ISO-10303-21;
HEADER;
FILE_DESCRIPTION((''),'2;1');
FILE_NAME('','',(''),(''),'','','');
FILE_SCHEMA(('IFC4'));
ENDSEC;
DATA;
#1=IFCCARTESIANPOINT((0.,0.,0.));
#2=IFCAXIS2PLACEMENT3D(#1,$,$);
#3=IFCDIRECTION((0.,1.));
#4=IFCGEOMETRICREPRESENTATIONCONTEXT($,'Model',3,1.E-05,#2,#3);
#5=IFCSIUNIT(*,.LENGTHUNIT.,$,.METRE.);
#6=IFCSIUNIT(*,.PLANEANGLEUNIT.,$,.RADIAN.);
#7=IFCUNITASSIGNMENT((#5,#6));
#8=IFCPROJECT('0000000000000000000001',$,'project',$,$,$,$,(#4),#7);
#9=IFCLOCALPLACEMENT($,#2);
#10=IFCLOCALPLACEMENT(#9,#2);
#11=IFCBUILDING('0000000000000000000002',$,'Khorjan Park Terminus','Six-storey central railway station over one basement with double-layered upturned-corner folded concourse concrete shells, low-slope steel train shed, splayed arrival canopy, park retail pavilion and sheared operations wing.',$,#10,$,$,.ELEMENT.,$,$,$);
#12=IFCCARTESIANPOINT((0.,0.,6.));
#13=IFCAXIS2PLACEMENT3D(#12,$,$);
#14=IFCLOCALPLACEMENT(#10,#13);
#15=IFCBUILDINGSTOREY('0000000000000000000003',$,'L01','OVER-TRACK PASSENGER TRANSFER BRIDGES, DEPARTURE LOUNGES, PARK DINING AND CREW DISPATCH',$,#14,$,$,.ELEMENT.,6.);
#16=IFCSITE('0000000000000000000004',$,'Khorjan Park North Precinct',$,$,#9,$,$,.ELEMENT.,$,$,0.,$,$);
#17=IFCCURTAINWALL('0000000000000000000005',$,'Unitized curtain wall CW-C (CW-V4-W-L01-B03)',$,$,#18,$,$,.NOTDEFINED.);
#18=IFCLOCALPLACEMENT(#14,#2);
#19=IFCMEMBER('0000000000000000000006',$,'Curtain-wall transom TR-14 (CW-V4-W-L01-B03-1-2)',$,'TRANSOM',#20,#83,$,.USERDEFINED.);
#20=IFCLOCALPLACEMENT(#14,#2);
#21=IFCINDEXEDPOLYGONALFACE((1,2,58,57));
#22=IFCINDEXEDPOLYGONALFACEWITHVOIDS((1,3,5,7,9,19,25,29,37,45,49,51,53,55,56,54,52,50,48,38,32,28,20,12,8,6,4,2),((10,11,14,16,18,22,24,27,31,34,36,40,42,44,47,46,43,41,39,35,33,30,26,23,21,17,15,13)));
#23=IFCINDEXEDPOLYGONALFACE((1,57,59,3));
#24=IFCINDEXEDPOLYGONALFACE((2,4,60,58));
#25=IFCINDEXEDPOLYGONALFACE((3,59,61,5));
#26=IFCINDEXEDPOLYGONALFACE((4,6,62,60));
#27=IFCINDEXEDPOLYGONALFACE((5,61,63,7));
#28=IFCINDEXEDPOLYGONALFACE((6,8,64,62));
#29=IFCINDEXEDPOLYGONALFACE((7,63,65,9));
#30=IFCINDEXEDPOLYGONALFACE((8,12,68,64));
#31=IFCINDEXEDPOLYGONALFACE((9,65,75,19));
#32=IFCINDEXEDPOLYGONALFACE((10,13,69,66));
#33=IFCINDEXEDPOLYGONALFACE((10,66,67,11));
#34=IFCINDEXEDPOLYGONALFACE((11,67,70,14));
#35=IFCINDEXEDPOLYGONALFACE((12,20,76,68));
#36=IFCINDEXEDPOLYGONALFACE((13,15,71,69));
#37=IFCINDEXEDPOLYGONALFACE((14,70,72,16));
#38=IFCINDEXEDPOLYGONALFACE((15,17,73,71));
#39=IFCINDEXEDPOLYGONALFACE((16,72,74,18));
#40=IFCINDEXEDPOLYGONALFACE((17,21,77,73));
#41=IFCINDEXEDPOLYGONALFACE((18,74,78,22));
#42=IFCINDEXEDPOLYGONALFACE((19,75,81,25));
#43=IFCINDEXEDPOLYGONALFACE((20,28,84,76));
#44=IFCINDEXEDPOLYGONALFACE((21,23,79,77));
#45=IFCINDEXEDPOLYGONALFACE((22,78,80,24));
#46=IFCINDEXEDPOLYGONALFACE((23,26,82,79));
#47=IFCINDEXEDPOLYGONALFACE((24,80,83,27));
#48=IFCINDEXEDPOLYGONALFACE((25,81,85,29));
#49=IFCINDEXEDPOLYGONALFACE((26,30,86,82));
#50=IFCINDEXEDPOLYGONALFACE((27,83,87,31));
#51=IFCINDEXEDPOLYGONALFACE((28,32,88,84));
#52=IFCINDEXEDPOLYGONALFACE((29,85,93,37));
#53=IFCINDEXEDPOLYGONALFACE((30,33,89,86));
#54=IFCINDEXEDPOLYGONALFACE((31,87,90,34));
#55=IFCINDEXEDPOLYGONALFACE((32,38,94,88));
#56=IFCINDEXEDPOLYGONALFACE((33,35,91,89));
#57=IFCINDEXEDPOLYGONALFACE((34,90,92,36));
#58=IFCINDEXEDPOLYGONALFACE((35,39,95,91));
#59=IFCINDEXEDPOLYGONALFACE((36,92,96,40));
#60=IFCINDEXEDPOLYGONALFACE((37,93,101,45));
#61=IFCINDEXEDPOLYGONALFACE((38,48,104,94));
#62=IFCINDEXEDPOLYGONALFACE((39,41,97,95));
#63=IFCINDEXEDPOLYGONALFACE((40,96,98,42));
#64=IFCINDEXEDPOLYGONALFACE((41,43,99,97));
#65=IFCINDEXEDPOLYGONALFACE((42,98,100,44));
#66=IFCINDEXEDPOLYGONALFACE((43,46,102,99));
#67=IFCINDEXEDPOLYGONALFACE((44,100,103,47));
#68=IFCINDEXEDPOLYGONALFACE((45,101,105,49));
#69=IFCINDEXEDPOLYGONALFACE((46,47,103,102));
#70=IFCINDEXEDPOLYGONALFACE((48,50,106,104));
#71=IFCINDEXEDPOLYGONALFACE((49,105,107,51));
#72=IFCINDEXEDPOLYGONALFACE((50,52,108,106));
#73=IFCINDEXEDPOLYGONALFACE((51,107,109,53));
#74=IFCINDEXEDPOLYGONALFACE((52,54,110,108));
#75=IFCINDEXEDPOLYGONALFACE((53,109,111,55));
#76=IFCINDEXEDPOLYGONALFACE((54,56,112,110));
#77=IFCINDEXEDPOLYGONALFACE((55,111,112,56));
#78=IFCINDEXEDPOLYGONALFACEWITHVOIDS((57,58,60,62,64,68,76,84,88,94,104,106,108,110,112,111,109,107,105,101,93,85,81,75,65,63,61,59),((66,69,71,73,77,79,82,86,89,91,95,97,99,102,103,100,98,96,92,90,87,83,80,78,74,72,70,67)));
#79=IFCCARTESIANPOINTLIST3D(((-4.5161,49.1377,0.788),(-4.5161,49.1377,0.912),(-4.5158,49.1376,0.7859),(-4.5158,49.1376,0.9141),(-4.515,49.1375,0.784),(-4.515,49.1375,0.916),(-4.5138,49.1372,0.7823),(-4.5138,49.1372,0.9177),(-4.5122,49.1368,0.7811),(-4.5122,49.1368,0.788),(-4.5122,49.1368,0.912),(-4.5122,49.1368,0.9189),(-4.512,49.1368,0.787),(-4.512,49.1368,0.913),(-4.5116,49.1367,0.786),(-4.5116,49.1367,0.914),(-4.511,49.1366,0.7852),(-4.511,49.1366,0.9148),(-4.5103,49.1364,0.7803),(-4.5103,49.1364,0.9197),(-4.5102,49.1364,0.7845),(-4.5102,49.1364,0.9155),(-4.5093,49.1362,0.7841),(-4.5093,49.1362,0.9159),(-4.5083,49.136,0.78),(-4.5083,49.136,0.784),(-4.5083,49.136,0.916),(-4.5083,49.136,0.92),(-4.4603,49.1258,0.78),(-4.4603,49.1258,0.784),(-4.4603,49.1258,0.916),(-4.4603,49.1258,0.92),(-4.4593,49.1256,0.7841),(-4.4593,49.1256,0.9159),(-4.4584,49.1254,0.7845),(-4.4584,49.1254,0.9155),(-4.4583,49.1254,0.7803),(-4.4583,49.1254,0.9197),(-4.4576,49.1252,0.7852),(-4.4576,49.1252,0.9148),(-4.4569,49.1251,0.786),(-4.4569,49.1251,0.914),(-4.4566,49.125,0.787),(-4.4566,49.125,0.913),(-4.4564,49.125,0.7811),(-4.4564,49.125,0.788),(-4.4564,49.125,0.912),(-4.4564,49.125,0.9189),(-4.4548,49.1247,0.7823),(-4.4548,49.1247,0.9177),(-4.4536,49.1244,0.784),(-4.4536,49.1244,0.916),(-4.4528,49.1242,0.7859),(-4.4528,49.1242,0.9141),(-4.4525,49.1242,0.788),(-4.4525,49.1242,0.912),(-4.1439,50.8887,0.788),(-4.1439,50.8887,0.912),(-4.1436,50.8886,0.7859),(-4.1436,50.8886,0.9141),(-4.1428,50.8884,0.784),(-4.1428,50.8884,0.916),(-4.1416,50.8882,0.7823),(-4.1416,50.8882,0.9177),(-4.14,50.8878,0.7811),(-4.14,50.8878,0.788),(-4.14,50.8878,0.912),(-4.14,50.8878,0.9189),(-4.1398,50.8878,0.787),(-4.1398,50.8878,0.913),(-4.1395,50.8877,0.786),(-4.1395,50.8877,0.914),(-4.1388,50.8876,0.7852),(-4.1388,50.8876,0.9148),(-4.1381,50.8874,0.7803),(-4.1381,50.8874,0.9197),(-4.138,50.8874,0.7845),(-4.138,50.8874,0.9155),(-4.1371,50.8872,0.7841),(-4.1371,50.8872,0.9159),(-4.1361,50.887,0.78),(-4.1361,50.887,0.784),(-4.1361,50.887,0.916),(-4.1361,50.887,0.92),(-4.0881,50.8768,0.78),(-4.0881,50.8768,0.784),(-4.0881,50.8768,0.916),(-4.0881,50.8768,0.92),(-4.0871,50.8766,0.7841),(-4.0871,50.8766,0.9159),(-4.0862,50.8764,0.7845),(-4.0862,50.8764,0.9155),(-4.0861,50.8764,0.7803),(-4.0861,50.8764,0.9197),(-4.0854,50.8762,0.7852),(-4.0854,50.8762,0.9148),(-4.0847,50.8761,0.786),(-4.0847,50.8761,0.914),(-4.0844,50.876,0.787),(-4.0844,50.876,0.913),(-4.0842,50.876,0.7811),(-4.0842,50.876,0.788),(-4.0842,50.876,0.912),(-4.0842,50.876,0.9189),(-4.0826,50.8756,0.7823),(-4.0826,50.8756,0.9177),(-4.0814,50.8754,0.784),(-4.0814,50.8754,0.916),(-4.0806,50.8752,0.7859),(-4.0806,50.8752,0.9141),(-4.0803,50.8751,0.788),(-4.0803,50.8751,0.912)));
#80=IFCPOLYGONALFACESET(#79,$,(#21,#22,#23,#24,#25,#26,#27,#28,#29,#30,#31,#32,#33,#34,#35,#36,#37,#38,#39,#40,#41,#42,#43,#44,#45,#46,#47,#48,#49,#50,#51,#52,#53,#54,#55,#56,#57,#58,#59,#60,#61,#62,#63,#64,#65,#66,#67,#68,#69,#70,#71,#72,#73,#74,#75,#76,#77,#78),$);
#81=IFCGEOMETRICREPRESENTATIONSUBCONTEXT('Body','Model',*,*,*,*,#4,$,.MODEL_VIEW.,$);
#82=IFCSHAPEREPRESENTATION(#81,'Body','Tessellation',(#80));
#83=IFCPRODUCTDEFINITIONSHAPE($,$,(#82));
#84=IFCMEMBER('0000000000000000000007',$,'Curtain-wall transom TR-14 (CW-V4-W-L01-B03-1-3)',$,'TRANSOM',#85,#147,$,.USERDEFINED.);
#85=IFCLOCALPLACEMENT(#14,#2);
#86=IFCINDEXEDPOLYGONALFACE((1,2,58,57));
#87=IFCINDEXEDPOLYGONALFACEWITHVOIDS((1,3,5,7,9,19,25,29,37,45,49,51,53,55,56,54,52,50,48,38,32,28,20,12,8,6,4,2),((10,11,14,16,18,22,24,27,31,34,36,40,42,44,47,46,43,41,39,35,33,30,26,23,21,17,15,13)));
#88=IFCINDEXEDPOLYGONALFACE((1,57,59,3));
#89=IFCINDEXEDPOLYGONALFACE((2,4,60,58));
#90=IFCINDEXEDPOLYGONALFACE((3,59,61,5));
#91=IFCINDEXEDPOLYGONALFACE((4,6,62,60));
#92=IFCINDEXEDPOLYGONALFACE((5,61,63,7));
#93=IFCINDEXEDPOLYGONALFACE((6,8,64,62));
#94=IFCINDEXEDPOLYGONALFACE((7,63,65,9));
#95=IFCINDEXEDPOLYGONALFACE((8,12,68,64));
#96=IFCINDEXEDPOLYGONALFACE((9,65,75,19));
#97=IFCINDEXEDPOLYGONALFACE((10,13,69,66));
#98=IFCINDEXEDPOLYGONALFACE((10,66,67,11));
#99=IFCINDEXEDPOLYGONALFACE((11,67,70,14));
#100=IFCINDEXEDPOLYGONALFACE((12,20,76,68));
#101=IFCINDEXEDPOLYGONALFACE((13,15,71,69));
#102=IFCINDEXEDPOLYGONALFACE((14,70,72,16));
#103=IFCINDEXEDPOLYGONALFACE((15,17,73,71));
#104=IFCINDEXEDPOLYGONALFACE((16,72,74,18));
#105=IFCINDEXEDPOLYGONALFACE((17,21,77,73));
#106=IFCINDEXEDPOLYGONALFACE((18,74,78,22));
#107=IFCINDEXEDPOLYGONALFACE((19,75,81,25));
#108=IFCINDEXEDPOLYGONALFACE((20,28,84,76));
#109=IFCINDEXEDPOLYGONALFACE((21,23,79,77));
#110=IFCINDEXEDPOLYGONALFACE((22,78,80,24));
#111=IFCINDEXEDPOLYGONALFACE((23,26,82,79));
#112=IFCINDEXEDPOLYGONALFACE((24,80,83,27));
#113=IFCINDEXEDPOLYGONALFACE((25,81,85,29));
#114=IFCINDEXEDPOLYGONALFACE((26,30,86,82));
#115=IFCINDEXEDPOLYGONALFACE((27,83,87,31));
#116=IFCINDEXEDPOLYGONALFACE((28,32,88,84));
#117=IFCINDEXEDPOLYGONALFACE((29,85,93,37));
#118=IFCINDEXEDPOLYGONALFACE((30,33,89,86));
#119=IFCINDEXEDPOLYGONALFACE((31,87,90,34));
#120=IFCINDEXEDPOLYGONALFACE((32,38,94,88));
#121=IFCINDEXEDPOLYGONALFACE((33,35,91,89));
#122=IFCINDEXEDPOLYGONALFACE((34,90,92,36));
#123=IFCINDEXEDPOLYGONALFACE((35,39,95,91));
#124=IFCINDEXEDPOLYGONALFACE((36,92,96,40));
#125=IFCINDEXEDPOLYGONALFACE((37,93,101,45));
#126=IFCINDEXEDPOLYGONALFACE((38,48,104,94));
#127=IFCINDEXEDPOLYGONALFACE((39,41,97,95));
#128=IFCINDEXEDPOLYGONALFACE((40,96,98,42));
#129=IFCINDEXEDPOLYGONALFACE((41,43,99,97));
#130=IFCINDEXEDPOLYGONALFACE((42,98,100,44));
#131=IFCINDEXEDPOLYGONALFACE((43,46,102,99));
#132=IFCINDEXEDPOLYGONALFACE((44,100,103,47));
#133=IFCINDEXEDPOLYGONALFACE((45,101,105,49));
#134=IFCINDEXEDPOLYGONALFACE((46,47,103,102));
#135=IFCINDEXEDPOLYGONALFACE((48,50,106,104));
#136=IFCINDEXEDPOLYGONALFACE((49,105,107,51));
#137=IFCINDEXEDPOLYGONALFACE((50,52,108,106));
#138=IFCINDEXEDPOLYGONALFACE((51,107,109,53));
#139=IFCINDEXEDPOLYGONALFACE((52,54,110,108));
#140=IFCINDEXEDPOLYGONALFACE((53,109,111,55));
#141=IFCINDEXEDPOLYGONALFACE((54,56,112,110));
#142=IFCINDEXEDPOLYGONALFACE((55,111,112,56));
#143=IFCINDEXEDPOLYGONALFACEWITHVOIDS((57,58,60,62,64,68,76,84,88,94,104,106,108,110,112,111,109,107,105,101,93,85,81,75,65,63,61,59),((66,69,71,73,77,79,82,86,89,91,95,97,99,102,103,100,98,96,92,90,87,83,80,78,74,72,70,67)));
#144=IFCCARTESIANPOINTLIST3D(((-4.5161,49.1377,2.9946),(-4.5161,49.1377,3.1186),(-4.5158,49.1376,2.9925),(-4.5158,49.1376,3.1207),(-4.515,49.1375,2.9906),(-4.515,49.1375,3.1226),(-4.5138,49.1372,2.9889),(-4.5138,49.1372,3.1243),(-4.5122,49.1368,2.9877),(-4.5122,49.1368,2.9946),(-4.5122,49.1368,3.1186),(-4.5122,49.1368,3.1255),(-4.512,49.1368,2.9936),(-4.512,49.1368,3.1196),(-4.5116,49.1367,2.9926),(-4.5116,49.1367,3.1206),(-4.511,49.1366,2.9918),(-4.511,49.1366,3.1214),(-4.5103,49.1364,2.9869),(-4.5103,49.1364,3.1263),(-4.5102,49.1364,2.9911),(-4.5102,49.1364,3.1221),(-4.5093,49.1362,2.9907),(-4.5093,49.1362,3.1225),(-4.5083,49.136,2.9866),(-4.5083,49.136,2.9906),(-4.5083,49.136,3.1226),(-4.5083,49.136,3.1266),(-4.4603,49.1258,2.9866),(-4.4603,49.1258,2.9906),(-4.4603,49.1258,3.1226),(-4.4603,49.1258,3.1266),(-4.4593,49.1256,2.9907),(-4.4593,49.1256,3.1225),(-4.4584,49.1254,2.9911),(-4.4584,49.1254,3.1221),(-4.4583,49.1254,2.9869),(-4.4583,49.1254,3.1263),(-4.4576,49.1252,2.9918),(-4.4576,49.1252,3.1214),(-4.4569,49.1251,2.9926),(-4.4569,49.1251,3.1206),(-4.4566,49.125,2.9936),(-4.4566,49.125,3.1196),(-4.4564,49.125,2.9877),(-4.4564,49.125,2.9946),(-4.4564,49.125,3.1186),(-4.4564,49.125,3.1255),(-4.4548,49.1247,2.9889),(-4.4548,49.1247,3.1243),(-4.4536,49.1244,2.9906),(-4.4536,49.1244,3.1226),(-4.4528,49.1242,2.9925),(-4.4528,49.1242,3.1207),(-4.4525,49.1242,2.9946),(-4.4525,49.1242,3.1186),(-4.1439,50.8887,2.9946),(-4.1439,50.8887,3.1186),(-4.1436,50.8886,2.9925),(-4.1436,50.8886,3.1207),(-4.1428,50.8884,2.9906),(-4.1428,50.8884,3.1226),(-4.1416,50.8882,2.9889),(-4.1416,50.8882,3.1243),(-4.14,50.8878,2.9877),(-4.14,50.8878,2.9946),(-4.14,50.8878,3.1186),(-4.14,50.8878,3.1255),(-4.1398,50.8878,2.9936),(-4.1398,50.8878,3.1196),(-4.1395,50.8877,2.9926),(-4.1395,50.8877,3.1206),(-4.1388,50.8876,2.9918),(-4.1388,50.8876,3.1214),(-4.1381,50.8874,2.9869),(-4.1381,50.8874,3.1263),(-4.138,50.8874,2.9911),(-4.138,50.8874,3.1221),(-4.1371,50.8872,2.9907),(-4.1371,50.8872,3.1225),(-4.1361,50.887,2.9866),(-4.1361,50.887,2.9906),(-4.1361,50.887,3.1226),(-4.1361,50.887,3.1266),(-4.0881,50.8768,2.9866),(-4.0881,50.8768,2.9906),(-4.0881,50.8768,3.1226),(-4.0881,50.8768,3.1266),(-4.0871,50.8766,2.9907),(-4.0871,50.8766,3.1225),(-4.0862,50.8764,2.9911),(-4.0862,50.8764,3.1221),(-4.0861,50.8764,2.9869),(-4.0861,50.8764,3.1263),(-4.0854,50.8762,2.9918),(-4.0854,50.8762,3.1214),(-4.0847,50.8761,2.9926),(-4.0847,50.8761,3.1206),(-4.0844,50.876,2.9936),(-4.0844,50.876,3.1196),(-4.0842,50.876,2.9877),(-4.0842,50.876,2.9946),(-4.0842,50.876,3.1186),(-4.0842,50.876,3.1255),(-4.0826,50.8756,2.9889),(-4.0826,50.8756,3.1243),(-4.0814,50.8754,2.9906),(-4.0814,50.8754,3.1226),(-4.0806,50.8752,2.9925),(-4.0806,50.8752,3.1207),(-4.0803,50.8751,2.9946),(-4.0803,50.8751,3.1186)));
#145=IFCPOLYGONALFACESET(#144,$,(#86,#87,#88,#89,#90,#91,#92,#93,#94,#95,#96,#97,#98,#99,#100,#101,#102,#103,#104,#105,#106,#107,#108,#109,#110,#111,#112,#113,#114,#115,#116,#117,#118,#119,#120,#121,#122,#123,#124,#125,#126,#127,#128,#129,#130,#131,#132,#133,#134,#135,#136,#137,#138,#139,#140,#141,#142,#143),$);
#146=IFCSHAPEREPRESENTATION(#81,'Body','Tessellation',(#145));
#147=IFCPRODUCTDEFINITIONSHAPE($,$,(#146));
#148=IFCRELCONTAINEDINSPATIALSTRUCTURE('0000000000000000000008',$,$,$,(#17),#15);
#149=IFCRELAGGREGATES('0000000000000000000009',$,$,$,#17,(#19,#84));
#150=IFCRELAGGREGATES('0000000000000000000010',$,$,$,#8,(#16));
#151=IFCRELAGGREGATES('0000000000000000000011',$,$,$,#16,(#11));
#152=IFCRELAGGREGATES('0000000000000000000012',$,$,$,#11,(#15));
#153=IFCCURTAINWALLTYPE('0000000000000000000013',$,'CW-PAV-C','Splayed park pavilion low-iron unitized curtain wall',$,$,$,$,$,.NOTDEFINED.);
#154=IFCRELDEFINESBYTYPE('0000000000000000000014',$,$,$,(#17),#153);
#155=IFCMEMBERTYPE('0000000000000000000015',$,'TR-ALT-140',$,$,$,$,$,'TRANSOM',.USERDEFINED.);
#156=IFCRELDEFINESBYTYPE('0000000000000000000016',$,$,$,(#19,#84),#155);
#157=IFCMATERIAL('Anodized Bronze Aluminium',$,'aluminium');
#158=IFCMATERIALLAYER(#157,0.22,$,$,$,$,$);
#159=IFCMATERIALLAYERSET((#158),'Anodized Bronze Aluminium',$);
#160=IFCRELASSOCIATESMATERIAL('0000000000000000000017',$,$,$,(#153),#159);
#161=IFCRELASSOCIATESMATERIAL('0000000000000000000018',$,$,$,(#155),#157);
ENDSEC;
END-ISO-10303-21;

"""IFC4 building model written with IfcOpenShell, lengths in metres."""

from ifc_helpers import new_model, si_unit, direction, frame, origin, origin_2d, place, context, subcontext, project, spatial, hollow_rectangle, extrude, material, layer, layer_set, material_profile, profile_set, type_object, element, aggregate, save


model = new_model("IFC4")

# Units and contexts
model_context = context("Model", 3, precision=1e-05, world=origin(), true_north=direction((0.0, 1.0)))
body_context = subcontext(model_context, "Body", "Model", "MODEL_VIEW")
ifc_project = project(units=[si_unit("LENGTHUNIT", "METRE"), si_unit("PLANEANGLEUNIT", "RADIAN")], contexts=[model_context])

# Site, building, storey
site_placement = place(None, origin())
site = spatial("IfcSite", under=ifc_project, at=site_placement, Name="Khorjan Park North Precinct", CompositionType="ELEMENT", RefElevation=0.0)
building_placement = place(site_placement, origin())
building = spatial("IfcBuilding", under=site, at=building_placement, Name="Khorjan Park Terminus", Description="Six-storey central railway station over one basement with double-layered upturned-corner folded concourse concrete shells, low-slope steel train shed, splayed arrival canopy, park retail pavilion and sheared operations wing.", CompositionType="ELEMENT")
storey_placement = place(building_placement, frame((0.0, 0.0, 6.0)))
storey = spatial("IfcBuildingStorey", under=building, at=storey_placement, Name="L01", Description="OVER-TRACK PASSENGER TRANSFER BRIDGES, DEPARTURE LOUNGES, PARK DINING AND CREW DISPATCH", CompositionType="ELEMENT", Elevation=6.0)

# Shared definitions
ifc_material_1 = material(Name="Anodized Bronze Aluminium", Category="aluminium")
ifc_layer_1 = layer(ifc_material_1, 0.22)
ifc_layer_set_1 = layer_set([ifc_layer_1], Name="Anodized Bronze Aluminium")
curtain_wall_type = type_object("IfcCurtainWallType", Name="CW-PAV-C", Description="Splayed park pavilion low-iron unitized curtain wall", PredefinedType="NOTDEFINED", material=ifc_layer_set_1)

# Curtain wall, members
curtain_wall_1_placement = place(storey_placement, origin())
curtain_wall_1 = element("IfcCurtainWall", 1, at=curtain_wall_1_placement, inside=storey, type_object=curtain_wall_type, Name="Unitized curtain wall CW-C (CW-V4-W-L01-B03)", PredefinedType="NOTDEFINED")
ifc_material_profile_1 = material_profile(ifc_material_1, hollow_rectangle(XDim=0.065, YDim=0.14, WallThickness=0.004, InnerFilletRadius=0.004, OuterFilletRadius=0.008, at=origin_2d()), Name="ALT 65x140x4")
ifc_profile_set_1 = profile_set([ifc_material_profile_1], Name="Anodized Bronze Aluminium")
member_type_1 = type_object("IfcMemberType", Name="TR-ALT-140", ElementType="TRANSOM", PredefinedType="USERDEFINED", material=ifc_profile_set_1)
member_1_placement = place(storey_placement, frame((-4.1121, 50.8819, 0.85), z_axis=(-0.207919, -0.978146, 0.0), x_axis=(0.978146, -0.207919, 0.0)))
member_1 = element("IfcMember", 2, at=member_1_placement, type_object=member_type_1, Name="Curtain-wall transom TR-14 (CW-V4-W-L01-B03-1-2)", ObjectType="TRANSOM", PredefinedType="USERDEFINED", context=body_context, shape_type="SweptSolid", body=[
    extrude(hollow_rectangle(XDim=0.065, YDim=0.14, WallThickness=0.004, InnerFilletRadius=0.004, OuterFilletRadius=0.008, at=origin_2d()), origin(), (0.0, 0.0, 1.0), 1.7901),
])
member_2_placement = place(storey_placement, frame((-4.1121, 50.8819, 3.0566), z_axis=(-0.207919, -0.978146, 0.0), x_axis=(0.978146, -0.207919, 0.0)))
member_2 = element("IfcMember", 3, at=member_2_placement, type_object=member_type_1, Name="Curtain-wall transom TR-14 (CW-V4-W-L01-B03-1-3)", ObjectType="TRANSOM", PredefinedType="USERDEFINED", context=body_context, shape_type="SweptSolid", body=[
    extrude(hollow_rectangle(XDim=0.065, YDim=0.14, WallThickness=0.004, InnerFilletRadius=0.004, OuterFilletRadius=0.008, at=origin_2d()), origin(), (0.0, 0.0, 1.0), 1.7901),
])

aggregate(curtain_wall_1, [member_1, member_2])

save(model, "model.ifc")
